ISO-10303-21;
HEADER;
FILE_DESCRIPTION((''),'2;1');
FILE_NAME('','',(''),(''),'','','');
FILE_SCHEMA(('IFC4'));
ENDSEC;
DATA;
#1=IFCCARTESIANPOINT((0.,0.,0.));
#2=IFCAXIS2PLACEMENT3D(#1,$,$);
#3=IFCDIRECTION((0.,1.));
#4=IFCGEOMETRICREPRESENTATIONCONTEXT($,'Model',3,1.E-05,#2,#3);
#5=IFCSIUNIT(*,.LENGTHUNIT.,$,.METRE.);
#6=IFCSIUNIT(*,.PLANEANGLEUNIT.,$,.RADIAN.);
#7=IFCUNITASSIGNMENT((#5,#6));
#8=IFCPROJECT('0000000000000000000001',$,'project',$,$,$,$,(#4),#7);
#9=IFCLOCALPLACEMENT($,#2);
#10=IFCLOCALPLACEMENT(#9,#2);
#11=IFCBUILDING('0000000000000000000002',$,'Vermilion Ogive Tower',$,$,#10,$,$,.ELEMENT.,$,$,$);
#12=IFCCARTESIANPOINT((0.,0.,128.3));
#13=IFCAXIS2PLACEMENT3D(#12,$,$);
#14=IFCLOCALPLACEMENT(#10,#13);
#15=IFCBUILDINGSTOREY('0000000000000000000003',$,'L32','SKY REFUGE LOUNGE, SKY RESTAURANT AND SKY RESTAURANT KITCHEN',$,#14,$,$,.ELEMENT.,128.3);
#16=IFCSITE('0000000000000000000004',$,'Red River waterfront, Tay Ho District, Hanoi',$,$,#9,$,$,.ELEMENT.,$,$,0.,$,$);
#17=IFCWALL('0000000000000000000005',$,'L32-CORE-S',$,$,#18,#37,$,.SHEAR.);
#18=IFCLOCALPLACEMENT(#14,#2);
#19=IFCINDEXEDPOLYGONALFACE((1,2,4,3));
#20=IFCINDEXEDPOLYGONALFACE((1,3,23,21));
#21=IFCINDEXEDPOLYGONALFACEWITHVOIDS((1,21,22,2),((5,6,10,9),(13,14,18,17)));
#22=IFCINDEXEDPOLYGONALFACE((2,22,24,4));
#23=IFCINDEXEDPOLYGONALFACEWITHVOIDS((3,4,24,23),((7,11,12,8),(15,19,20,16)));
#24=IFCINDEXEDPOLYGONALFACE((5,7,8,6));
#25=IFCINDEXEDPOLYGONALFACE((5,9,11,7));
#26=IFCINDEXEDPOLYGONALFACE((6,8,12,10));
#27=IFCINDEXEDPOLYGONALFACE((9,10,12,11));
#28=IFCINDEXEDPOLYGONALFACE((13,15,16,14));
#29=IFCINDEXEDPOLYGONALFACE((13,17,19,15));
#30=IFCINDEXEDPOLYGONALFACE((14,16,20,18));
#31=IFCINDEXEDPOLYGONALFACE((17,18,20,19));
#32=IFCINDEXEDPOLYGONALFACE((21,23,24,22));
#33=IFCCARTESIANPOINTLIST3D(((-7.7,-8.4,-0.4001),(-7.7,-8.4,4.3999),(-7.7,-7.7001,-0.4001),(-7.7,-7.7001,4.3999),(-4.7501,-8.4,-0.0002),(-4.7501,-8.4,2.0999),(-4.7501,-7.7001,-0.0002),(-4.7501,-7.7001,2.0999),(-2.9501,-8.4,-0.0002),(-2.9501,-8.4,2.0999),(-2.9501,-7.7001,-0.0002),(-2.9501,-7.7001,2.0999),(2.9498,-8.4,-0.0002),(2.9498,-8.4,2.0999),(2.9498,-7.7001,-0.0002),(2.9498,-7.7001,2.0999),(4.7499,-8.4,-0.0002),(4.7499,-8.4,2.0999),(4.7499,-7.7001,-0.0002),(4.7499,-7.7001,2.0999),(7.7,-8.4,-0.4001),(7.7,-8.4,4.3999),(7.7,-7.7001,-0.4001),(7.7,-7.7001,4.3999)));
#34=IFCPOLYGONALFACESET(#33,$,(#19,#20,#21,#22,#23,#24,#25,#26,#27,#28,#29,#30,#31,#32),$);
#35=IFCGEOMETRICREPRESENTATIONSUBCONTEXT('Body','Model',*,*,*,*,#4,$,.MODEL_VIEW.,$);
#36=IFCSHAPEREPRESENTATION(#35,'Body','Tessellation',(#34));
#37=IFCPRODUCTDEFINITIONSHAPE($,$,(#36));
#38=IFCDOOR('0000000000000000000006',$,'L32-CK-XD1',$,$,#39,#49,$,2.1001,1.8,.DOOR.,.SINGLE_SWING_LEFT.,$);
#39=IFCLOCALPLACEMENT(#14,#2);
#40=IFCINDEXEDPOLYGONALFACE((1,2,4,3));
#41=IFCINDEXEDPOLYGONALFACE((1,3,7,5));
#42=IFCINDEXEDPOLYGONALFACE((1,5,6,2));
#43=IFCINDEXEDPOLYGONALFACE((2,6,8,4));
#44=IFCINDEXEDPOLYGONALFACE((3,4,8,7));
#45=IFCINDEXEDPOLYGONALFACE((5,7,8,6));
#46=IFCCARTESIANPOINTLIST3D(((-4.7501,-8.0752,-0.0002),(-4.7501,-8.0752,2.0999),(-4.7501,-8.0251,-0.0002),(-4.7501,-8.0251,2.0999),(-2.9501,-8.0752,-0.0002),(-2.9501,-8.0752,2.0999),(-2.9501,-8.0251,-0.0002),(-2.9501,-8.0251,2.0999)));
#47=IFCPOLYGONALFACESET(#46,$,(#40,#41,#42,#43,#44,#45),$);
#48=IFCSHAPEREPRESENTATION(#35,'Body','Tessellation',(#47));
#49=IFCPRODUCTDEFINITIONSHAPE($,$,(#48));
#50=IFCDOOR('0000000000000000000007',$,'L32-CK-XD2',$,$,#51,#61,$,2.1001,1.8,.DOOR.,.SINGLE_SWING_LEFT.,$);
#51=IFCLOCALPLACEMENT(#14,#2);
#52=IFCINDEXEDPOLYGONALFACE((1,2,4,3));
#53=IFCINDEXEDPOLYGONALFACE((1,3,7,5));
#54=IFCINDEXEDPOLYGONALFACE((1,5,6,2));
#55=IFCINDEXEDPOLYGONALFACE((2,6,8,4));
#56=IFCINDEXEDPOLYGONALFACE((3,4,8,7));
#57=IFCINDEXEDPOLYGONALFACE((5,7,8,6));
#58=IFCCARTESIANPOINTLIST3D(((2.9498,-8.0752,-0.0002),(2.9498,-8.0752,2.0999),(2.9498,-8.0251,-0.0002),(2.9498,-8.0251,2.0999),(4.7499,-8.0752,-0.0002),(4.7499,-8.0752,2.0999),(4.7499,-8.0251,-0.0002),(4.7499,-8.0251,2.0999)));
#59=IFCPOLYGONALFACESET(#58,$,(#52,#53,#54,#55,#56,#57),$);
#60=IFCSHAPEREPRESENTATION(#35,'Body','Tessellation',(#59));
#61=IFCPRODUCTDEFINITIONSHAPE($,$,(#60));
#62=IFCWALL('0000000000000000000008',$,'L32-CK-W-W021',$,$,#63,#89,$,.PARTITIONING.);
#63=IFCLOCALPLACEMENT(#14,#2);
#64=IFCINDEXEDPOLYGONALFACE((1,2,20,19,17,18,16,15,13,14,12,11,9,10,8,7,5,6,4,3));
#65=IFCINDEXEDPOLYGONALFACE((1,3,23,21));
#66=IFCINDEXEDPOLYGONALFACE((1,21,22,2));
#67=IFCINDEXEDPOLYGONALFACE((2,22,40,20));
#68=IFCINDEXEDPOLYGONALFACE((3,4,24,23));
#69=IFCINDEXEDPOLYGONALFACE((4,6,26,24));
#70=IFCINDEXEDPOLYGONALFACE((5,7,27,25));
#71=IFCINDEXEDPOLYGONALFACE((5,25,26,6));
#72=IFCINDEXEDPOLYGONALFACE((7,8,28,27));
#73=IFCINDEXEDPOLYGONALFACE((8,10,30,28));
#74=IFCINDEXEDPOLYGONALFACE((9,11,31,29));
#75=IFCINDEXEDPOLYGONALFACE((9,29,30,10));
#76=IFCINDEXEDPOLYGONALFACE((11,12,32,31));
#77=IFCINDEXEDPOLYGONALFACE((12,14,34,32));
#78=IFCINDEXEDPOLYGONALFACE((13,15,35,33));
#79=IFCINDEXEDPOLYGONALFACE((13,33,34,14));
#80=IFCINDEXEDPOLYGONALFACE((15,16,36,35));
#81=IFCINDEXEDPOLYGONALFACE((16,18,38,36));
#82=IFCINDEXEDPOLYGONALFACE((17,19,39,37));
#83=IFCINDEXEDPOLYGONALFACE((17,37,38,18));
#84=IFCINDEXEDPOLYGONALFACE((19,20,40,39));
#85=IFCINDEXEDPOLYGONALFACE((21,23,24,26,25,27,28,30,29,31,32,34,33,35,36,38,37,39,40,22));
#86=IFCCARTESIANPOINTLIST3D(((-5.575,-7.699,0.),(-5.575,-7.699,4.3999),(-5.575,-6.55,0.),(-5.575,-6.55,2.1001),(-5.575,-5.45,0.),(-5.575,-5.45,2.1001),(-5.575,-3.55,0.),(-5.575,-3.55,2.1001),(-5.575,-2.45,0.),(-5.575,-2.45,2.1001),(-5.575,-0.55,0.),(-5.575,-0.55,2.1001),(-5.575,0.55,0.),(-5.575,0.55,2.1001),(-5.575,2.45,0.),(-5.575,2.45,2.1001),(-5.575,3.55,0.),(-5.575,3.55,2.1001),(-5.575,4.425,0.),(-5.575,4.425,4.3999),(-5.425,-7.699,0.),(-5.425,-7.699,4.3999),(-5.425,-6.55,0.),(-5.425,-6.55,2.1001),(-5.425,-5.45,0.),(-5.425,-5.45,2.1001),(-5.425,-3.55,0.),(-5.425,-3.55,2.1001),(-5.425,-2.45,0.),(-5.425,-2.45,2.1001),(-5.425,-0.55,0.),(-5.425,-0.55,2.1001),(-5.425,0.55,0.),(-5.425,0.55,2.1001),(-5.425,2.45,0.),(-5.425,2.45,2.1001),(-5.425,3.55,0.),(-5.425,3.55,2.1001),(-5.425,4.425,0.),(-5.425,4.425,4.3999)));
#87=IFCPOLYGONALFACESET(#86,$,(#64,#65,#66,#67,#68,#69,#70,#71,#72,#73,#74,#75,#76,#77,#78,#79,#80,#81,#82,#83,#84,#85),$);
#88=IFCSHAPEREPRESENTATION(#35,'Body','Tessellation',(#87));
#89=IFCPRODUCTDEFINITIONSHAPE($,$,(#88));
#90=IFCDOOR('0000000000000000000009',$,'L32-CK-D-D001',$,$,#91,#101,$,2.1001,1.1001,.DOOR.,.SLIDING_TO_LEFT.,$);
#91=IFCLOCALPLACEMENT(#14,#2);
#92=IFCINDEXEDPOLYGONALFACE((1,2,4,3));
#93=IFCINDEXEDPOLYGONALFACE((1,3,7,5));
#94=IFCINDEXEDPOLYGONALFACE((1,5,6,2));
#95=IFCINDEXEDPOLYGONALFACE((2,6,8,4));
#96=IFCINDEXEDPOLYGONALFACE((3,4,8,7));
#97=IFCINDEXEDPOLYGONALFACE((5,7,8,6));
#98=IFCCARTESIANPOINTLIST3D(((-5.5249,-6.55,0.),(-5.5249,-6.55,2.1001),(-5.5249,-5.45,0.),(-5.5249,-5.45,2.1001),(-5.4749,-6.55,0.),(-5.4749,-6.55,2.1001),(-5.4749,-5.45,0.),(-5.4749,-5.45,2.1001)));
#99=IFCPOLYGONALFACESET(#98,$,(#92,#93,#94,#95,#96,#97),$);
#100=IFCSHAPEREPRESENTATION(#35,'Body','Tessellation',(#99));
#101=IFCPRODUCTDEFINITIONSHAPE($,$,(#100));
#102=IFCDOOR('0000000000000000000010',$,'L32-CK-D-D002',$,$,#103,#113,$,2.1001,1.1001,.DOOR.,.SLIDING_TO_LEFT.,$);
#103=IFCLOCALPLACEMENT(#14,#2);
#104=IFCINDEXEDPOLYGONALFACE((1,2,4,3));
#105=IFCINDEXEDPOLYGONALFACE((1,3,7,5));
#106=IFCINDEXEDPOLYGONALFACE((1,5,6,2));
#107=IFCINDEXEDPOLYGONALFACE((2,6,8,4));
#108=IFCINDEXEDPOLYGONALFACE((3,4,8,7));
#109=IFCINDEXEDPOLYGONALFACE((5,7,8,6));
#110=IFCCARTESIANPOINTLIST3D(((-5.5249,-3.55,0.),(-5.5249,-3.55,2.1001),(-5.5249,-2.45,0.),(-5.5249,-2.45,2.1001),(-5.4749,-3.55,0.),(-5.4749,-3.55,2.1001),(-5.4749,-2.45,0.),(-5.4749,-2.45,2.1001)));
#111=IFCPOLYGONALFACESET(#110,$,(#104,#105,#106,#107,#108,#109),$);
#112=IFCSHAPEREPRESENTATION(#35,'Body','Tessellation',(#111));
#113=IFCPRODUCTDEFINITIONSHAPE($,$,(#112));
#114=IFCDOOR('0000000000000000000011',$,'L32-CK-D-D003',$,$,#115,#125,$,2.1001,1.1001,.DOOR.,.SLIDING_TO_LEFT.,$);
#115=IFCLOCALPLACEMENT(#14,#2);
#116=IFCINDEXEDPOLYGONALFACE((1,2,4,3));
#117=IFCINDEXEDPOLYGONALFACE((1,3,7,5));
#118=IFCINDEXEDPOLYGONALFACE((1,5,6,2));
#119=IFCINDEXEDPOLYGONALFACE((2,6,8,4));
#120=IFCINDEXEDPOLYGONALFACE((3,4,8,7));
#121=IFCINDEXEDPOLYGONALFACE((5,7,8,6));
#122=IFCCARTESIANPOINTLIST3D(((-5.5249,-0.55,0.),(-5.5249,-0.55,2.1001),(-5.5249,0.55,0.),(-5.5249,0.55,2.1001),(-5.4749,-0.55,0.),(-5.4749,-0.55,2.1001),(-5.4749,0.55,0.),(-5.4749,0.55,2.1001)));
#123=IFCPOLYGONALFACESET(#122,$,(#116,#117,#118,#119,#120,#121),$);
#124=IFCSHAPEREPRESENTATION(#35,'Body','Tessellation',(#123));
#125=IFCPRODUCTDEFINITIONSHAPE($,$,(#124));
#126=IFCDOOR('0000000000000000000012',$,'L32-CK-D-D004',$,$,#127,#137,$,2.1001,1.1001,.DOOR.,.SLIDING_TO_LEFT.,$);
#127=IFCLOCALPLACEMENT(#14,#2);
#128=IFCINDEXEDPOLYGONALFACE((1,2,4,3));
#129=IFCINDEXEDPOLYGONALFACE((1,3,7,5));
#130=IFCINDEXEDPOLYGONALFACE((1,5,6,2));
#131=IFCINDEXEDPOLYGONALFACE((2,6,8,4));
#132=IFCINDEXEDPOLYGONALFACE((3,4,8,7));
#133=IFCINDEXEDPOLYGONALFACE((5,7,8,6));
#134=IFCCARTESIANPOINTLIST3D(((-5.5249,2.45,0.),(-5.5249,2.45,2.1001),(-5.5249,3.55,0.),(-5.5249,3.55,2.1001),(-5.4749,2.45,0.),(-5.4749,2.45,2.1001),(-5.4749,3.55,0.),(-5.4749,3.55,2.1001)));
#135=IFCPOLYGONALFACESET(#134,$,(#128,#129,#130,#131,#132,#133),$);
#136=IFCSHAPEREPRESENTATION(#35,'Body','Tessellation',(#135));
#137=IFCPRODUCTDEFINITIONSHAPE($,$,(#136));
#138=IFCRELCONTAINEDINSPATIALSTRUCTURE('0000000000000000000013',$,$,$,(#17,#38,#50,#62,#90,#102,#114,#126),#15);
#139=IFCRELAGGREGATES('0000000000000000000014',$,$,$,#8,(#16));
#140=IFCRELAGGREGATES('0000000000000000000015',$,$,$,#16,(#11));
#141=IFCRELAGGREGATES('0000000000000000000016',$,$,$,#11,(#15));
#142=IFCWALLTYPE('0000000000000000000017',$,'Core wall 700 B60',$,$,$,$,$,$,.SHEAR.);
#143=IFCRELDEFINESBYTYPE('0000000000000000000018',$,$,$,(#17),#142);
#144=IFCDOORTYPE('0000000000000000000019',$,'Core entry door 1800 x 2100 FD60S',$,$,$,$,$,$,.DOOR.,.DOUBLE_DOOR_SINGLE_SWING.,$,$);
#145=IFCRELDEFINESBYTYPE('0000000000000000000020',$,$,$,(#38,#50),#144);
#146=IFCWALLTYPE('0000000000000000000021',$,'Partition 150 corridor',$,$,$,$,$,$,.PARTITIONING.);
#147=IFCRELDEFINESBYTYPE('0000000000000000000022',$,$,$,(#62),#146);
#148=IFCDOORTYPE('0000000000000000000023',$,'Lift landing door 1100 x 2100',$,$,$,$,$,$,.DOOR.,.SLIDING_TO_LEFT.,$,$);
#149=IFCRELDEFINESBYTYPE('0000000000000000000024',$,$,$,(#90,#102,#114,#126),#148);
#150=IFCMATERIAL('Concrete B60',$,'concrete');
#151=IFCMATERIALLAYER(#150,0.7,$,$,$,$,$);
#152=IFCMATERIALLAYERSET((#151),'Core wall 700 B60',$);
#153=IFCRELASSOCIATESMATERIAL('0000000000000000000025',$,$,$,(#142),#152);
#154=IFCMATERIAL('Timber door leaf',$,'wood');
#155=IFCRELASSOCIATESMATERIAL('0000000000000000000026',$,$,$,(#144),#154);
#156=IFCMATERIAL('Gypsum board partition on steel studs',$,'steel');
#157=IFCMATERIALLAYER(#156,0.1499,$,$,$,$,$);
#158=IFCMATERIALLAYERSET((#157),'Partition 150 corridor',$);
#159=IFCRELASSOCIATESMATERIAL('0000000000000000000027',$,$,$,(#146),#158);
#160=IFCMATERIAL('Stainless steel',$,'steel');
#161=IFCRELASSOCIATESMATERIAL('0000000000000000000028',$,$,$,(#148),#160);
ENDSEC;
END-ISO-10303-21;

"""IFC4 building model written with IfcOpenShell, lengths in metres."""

from ifc_helpers import new_model, si_unit, direction, frame, frame_2d, origin, place, context, subcontext, project, spatial, rectangle, extrude, material, layer, layer_set, type_object, element, fill, save


model = new_model("IFC4")

# Units and contexts
model_context = context("Model", 3, precision=1e-05, world=origin(), true_north=direction((0.0, 1.0)))
body_context = subcontext(model_context, "Body", "Model", "MODEL_VIEW")
ifc_project = project(units=[si_unit("LENGTHUNIT", "METRE"), si_unit("PLANEANGLEUNIT", "RADIAN")], contexts=[model_context])

# Site, building, storey
site_placement = place(None, origin())
site = spatial("IfcSite", under=ifc_project, at=site_placement, Name="Red River waterfront, Tay Ho District, Hanoi", CompositionType="ELEMENT", RefElevation=0.0)
building_placement = place(site_placement, origin())
building = spatial("IfcBuilding", under=site, at=building_placement, Name="Vermilion Ogive Tower", CompositionType="ELEMENT")
storey_placement = place(building_placement, frame((0.0, 0.0, 128.3)))
storey = spatial("IfcBuildingStorey", under=building, at=storey_placement, Name="L32", Description="SKY REFUGE LOUNGE, SKY RESTAURANT AND SKY RESTAURANT KITCHEN", CompositionType="ELEMENT", Elevation=128.3)

# Walls, openings, doors
ifc_material_1 = material(Name="Concrete B60", Category="concrete")
ifc_layer_1 = layer(ifc_material_1, 0.7)
ifc_layer_set_1 = layer_set([ifc_layer_1], Name="Core wall 700 B60")
wall_type_1 = type_object("IfcWallType", Name="Core wall 700 B60", PredefinedType="SHEAR", material=ifc_layer_set_1)
wall_1_placement = place(storey_placement, frame((-7.7, -8.05, -0.4001), z_axis=(0.0, 0.0, 1.0), x_axis=(1.0, 0.0, 0.0)))
wall_1 = element("IfcWall", 1, at=wall_1_placement, inside=storey, type_object=wall_type_1, Name="L32-CORE-S", PredefinedType="SHEAR", context=body_context, shape_type="SweptSolid", body=[
    extrude(rectangle(XDim=15.3999, YDim=0.7, at=frame_2d((7.7, 0.0))), origin(), (0.0, 0.0, 1.0), 4.8),
])
opening_1_placement = place(wall_1_placement, frame((2.95, 0.0, 0.3999)))
opening_1 = element("IfcOpeningElement", 2, at=opening_1_placement, cuts=wall_1, PredefinedType="OPENING", context=body_context, shape_type="SweptSolid", body=[
    extrude(rectangle(XDim=1.8, YDim=2.1001, at=frame_2d((0.8999, 1.05))), frame((0.0, 0.3599, 0.0), z_axis=(0.0, -1.0, 0.0), x_axis=(1.0, 0.0, 0.0)), (0.0, 0.0, 1.0), 0.72),
])
opening_2_placement = place(wall_1_placement, frame((10.6499, 0.0, 0.3999)))
opening_2 = element("IfcOpeningElement", 3, at=opening_2_placement, cuts=wall_1, PredefinedType="OPENING", context=body_context, shape_type="SweptSolid", body=[
    extrude(rectangle(XDim=1.8, YDim=2.1001, at=frame_2d((0.8999, 1.05))), frame((0.0, 0.3599, 0.0), z_axis=(0.0, -1.0, 0.0), x_axis=(1.0, 0.0, 0.0)), (0.0, 0.0, 1.0), 0.72),
])
ifc_material_2 = material(Name="Timber door leaf", Category="wood")
door_type_1 = type_object("IfcDoorType", Name="Core entry door 1800 x 2100 FD60S", OperationType="DOUBLE_DOOR_SINGLE_SWING", PredefinedType="DOOR", material=ifc_material_2)
door_1_placement = place(opening_1_placement, origin())
door_1 = element("IfcDoor", 4, at=door_1_placement, inside=storey, type_object=door_type_1, Name="L32-CK-XD1", OperationType="SINGLE_SWING_LEFT", OverallHeight=2.1001, OverallWidth=1.8, PredefinedType="DOOR", context=body_context, shape_type="SweptSolid", body=[
    extrude(rectangle(XDim=1.8, YDim=2.1001, at=frame_2d((0.8999, 1.05))), frame((0.0, 0.0249, 0.0), z_axis=(0.0, -1.0, 0.0), x_axis=(1.0, 0.0, 0.0)), (0.0, 0.0, 1.0), 0.05),
])
fill(opening_1, door_1)
door_2_placement = place(opening_2_placement, origin())
door_2 = element("IfcDoor", 5, at=door_2_placement, inside=storey, type_object=door_type_1, Name="L32-CK-XD2", OperationType="SINGLE_SWING_LEFT", OverallHeight=2.1001, OverallWidth=1.8, PredefinedType="DOOR", context=body_context, shape_type="SweptSolid", body=[
    extrude(rectangle(XDim=1.8, YDim=2.1001, at=frame_2d((0.8999, 1.05))), frame((0.0, 0.0249, 0.0), z_axis=(0.0, -1.0, 0.0), x_axis=(1.0, 0.0, 0.0)), (0.0, 0.0, 1.0), 0.05),
])
fill(opening_2, door_2)
ifc_material_3 = material(Name="Gypsum board partition on steel studs", Category="steel")
ifc_layer_2 = layer(ifc_material_3, 0.1499)
ifc_layer_set_2 = layer_set([ifc_layer_2], Name="Partition 150 corridor")
wall_type_2 = type_object("IfcWallType", Name="Partition 150 corridor", PredefinedType="PARTITIONING", material=ifc_layer_set_2)
wall_2_placement = place(storey_placement, frame((-5.5, -7.699, 0.0), z_axis=(0.0, 0.0, 1.0), x_axis=(0.0, 1.0, 0.0)))
wall_2 = element("IfcWall", 6, at=wall_2_placement, inside=storey, type_object=wall_type_2, Name="L32-CK-W-W021", PredefinedType="PARTITIONING", context=body_context, shape_type="SweptSolid", body=[
    extrude(rectangle(XDim=12.124, YDim=0.1499, at=frame_2d((6.062, 0.0))), origin(), (0.0, 0.0, 1.0), 4.3999),
])
opening_3_placement = place(wall_2_placement, frame((1.1489, 0.0, 0.0)))
opening_3 = element("IfcOpeningElement", 7, at=opening_3_placement, cuts=wall_2, PredefinedType="OPENING", context=body_context, shape_type="SweptSolid", body=[
    extrude(rectangle(XDim=1.1001, YDim=2.1001, at=frame_2d((0.55, 1.05))), frame((0.0, 0.085, 0.0), z_axis=(0.0, -1.0, 0.0), x_axis=(1.0, 0.0, 0.0)), (0.0, 0.0, 1.0), 0.1699),
])
opening_4_placement = place(wall_2_placement, frame((4.1489, 0.0, 0.0)))
opening_4 = element("IfcOpeningElement", 8, at=opening_4_placement, cuts=wall_2, PredefinedType="OPENING", context=body_context, shape_type="SweptSolid", body=[
    extrude(rectangle(XDim=1.1001, YDim=2.1001, at=frame_2d((0.55, 1.05))), frame((0.0, 0.085, 0.0), z_axis=(0.0, -1.0, 0.0), x_axis=(1.0, 0.0, 0.0)), (0.0, 0.0, 1.0), 0.1699),
])
opening_5_placement = place(wall_2_placement, frame((7.1489, 0.0, 0.0)))
opening_5 = element("IfcOpeningElement", 9, at=opening_5_placement, cuts=wall_2, PredefinedType="OPENING", context=body_context, shape_type="SweptSolid", body=[
    extrude(rectangle(XDim=1.1001, YDim=2.1001, at=frame_2d((0.55, 1.05))), frame((0.0, 0.085, 0.0), z_axis=(0.0, -1.0, 0.0), x_axis=(1.0, 0.0, 0.0)), (0.0, 0.0, 1.0), 0.1699),
])
opening_6_placement = place(wall_2_placement, frame((10.1489, 0.0, 0.0)))
opening_6 = element("IfcOpeningElement", 10, at=opening_6_placement, cuts=wall_2, PredefinedType="OPENING", context=body_context, shape_type="SweptSolid", body=[
    extrude(rectangle(XDim=1.1001, YDim=2.1001, at=frame_2d((0.55, 1.05))), frame((0.0, 0.085, 0.0), z_axis=(0.0, -1.0, 0.0), x_axis=(1.0, 0.0, 0.0)), (0.0, 0.0, 1.0), 0.1699),
])
ifc_material_4 = material(Name="Stainless steel", Category="steel")
door_type_2 = type_object("IfcDoorType", Name="Lift landing door 1100 x 2100", OperationType="SLIDING_TO_LEFT", PredefinedType="DOOR", material=ifc_material_4)
door_3_placement = place(opening_3_placement, origin())
door_3 = element("IfcDoor", 11, at=door_3_placement, inside=storey, type_object=door_type_2, Name="L32-CK-D-D001", OperationType="SLIDING_TO_LEFT", OverallHeight=2.1001, OverallWidth=1.1001, PredefinedType="DOOR", context=body_context, shape_type="SweptSolid", body=[
    extrude(rectangle(XDim=1.1001, YDim=2.1001, at=frame_2d((0.55, 1.05))), frame((0.0, 0.0249, 0.0), z_axis=(0.0, -1.0, 0.0), x_axis=(1.0, 0.0, 0.0)), (0.0, 0.0, 1.0), 0.05),
])
fill(opening_3, door_3)
door_4_placement = place(opening_4_placement, origin())
door_4 = element("IfcDoor", 12, at=door_4_placement, inside=storey, type_object=door_type_2, Name="L32-CK-D-D002", OperationType="SLIDING_TO_LEFT", OverallHeight=2.1001, OverallWidth=1.1001, PredefinedType="DOOR", context=body_context, shape_type="SweptSolid", body=[
    extrude(rectangle(XDim=1.1001, YDim=2.1001, at=frame_2d((0.55, 1.05))), frame((0.0, 0.0249, 0.0), z_axis=(0.0, -1.0, 0.0), x_axis=(1.0, 0.0, 0.0)), (0.0, 0.0, 1.0), 0.05),
])
fill(opening_4, door_4)
door_5_placement = place(opening_5_placement, origin())
door_5 = element("IfcDoor", 13, at=door_5_placement, inside=storey, type_object=door_type_2, Name="L32-CK-D-D003", OperationType="SLIDING_TO_LEFT", OverallHeight=2.1001, OverallWidth=1.1001, PredefinedType="DOOR", context=body_context, shape_type="SweptSolid", body=[
    extrude(rectangle(XDim=1.1001, YDim=2.1001, at=frame_2d((0.55, 1.05))), frame((0.0, 0.0249, 0.0), z_axis=(0.0, -1.0, 0.0), x_axis=(1.0, 0.0, 0.0)), (0.0, 0.0, 1.0), 0.05),
])
fill(opening_5, door_5)
door_6_placement = place(opening_6_placement, origin())
door_6 = element("IfcDoor", 14, at=door_6_placement, inside=storey, type_object=door_type_2, Name="L32-CK-D-D004", OperationType="SLIDING_TO_LEFT", OverallHeight=2.1001, OverallWidth=1.1001, PredefinedType="DOOR", context=body_context, shape_type="SweptSolid", body=[
    extrude(rectangle(XDim=1.1001, YDim=2.1001, at=frame_2d((0.55, 1.05))), frame((0.0, 0.0249, 0.0), z_axis=(0.0, -1.0, 0.0), x_axis=(1.0, 0.0, 0.0)), (0.0, 0.0, 1.0), 0.05),
])
fill(opening_6, door_6)

save(model, "model.ifc")
